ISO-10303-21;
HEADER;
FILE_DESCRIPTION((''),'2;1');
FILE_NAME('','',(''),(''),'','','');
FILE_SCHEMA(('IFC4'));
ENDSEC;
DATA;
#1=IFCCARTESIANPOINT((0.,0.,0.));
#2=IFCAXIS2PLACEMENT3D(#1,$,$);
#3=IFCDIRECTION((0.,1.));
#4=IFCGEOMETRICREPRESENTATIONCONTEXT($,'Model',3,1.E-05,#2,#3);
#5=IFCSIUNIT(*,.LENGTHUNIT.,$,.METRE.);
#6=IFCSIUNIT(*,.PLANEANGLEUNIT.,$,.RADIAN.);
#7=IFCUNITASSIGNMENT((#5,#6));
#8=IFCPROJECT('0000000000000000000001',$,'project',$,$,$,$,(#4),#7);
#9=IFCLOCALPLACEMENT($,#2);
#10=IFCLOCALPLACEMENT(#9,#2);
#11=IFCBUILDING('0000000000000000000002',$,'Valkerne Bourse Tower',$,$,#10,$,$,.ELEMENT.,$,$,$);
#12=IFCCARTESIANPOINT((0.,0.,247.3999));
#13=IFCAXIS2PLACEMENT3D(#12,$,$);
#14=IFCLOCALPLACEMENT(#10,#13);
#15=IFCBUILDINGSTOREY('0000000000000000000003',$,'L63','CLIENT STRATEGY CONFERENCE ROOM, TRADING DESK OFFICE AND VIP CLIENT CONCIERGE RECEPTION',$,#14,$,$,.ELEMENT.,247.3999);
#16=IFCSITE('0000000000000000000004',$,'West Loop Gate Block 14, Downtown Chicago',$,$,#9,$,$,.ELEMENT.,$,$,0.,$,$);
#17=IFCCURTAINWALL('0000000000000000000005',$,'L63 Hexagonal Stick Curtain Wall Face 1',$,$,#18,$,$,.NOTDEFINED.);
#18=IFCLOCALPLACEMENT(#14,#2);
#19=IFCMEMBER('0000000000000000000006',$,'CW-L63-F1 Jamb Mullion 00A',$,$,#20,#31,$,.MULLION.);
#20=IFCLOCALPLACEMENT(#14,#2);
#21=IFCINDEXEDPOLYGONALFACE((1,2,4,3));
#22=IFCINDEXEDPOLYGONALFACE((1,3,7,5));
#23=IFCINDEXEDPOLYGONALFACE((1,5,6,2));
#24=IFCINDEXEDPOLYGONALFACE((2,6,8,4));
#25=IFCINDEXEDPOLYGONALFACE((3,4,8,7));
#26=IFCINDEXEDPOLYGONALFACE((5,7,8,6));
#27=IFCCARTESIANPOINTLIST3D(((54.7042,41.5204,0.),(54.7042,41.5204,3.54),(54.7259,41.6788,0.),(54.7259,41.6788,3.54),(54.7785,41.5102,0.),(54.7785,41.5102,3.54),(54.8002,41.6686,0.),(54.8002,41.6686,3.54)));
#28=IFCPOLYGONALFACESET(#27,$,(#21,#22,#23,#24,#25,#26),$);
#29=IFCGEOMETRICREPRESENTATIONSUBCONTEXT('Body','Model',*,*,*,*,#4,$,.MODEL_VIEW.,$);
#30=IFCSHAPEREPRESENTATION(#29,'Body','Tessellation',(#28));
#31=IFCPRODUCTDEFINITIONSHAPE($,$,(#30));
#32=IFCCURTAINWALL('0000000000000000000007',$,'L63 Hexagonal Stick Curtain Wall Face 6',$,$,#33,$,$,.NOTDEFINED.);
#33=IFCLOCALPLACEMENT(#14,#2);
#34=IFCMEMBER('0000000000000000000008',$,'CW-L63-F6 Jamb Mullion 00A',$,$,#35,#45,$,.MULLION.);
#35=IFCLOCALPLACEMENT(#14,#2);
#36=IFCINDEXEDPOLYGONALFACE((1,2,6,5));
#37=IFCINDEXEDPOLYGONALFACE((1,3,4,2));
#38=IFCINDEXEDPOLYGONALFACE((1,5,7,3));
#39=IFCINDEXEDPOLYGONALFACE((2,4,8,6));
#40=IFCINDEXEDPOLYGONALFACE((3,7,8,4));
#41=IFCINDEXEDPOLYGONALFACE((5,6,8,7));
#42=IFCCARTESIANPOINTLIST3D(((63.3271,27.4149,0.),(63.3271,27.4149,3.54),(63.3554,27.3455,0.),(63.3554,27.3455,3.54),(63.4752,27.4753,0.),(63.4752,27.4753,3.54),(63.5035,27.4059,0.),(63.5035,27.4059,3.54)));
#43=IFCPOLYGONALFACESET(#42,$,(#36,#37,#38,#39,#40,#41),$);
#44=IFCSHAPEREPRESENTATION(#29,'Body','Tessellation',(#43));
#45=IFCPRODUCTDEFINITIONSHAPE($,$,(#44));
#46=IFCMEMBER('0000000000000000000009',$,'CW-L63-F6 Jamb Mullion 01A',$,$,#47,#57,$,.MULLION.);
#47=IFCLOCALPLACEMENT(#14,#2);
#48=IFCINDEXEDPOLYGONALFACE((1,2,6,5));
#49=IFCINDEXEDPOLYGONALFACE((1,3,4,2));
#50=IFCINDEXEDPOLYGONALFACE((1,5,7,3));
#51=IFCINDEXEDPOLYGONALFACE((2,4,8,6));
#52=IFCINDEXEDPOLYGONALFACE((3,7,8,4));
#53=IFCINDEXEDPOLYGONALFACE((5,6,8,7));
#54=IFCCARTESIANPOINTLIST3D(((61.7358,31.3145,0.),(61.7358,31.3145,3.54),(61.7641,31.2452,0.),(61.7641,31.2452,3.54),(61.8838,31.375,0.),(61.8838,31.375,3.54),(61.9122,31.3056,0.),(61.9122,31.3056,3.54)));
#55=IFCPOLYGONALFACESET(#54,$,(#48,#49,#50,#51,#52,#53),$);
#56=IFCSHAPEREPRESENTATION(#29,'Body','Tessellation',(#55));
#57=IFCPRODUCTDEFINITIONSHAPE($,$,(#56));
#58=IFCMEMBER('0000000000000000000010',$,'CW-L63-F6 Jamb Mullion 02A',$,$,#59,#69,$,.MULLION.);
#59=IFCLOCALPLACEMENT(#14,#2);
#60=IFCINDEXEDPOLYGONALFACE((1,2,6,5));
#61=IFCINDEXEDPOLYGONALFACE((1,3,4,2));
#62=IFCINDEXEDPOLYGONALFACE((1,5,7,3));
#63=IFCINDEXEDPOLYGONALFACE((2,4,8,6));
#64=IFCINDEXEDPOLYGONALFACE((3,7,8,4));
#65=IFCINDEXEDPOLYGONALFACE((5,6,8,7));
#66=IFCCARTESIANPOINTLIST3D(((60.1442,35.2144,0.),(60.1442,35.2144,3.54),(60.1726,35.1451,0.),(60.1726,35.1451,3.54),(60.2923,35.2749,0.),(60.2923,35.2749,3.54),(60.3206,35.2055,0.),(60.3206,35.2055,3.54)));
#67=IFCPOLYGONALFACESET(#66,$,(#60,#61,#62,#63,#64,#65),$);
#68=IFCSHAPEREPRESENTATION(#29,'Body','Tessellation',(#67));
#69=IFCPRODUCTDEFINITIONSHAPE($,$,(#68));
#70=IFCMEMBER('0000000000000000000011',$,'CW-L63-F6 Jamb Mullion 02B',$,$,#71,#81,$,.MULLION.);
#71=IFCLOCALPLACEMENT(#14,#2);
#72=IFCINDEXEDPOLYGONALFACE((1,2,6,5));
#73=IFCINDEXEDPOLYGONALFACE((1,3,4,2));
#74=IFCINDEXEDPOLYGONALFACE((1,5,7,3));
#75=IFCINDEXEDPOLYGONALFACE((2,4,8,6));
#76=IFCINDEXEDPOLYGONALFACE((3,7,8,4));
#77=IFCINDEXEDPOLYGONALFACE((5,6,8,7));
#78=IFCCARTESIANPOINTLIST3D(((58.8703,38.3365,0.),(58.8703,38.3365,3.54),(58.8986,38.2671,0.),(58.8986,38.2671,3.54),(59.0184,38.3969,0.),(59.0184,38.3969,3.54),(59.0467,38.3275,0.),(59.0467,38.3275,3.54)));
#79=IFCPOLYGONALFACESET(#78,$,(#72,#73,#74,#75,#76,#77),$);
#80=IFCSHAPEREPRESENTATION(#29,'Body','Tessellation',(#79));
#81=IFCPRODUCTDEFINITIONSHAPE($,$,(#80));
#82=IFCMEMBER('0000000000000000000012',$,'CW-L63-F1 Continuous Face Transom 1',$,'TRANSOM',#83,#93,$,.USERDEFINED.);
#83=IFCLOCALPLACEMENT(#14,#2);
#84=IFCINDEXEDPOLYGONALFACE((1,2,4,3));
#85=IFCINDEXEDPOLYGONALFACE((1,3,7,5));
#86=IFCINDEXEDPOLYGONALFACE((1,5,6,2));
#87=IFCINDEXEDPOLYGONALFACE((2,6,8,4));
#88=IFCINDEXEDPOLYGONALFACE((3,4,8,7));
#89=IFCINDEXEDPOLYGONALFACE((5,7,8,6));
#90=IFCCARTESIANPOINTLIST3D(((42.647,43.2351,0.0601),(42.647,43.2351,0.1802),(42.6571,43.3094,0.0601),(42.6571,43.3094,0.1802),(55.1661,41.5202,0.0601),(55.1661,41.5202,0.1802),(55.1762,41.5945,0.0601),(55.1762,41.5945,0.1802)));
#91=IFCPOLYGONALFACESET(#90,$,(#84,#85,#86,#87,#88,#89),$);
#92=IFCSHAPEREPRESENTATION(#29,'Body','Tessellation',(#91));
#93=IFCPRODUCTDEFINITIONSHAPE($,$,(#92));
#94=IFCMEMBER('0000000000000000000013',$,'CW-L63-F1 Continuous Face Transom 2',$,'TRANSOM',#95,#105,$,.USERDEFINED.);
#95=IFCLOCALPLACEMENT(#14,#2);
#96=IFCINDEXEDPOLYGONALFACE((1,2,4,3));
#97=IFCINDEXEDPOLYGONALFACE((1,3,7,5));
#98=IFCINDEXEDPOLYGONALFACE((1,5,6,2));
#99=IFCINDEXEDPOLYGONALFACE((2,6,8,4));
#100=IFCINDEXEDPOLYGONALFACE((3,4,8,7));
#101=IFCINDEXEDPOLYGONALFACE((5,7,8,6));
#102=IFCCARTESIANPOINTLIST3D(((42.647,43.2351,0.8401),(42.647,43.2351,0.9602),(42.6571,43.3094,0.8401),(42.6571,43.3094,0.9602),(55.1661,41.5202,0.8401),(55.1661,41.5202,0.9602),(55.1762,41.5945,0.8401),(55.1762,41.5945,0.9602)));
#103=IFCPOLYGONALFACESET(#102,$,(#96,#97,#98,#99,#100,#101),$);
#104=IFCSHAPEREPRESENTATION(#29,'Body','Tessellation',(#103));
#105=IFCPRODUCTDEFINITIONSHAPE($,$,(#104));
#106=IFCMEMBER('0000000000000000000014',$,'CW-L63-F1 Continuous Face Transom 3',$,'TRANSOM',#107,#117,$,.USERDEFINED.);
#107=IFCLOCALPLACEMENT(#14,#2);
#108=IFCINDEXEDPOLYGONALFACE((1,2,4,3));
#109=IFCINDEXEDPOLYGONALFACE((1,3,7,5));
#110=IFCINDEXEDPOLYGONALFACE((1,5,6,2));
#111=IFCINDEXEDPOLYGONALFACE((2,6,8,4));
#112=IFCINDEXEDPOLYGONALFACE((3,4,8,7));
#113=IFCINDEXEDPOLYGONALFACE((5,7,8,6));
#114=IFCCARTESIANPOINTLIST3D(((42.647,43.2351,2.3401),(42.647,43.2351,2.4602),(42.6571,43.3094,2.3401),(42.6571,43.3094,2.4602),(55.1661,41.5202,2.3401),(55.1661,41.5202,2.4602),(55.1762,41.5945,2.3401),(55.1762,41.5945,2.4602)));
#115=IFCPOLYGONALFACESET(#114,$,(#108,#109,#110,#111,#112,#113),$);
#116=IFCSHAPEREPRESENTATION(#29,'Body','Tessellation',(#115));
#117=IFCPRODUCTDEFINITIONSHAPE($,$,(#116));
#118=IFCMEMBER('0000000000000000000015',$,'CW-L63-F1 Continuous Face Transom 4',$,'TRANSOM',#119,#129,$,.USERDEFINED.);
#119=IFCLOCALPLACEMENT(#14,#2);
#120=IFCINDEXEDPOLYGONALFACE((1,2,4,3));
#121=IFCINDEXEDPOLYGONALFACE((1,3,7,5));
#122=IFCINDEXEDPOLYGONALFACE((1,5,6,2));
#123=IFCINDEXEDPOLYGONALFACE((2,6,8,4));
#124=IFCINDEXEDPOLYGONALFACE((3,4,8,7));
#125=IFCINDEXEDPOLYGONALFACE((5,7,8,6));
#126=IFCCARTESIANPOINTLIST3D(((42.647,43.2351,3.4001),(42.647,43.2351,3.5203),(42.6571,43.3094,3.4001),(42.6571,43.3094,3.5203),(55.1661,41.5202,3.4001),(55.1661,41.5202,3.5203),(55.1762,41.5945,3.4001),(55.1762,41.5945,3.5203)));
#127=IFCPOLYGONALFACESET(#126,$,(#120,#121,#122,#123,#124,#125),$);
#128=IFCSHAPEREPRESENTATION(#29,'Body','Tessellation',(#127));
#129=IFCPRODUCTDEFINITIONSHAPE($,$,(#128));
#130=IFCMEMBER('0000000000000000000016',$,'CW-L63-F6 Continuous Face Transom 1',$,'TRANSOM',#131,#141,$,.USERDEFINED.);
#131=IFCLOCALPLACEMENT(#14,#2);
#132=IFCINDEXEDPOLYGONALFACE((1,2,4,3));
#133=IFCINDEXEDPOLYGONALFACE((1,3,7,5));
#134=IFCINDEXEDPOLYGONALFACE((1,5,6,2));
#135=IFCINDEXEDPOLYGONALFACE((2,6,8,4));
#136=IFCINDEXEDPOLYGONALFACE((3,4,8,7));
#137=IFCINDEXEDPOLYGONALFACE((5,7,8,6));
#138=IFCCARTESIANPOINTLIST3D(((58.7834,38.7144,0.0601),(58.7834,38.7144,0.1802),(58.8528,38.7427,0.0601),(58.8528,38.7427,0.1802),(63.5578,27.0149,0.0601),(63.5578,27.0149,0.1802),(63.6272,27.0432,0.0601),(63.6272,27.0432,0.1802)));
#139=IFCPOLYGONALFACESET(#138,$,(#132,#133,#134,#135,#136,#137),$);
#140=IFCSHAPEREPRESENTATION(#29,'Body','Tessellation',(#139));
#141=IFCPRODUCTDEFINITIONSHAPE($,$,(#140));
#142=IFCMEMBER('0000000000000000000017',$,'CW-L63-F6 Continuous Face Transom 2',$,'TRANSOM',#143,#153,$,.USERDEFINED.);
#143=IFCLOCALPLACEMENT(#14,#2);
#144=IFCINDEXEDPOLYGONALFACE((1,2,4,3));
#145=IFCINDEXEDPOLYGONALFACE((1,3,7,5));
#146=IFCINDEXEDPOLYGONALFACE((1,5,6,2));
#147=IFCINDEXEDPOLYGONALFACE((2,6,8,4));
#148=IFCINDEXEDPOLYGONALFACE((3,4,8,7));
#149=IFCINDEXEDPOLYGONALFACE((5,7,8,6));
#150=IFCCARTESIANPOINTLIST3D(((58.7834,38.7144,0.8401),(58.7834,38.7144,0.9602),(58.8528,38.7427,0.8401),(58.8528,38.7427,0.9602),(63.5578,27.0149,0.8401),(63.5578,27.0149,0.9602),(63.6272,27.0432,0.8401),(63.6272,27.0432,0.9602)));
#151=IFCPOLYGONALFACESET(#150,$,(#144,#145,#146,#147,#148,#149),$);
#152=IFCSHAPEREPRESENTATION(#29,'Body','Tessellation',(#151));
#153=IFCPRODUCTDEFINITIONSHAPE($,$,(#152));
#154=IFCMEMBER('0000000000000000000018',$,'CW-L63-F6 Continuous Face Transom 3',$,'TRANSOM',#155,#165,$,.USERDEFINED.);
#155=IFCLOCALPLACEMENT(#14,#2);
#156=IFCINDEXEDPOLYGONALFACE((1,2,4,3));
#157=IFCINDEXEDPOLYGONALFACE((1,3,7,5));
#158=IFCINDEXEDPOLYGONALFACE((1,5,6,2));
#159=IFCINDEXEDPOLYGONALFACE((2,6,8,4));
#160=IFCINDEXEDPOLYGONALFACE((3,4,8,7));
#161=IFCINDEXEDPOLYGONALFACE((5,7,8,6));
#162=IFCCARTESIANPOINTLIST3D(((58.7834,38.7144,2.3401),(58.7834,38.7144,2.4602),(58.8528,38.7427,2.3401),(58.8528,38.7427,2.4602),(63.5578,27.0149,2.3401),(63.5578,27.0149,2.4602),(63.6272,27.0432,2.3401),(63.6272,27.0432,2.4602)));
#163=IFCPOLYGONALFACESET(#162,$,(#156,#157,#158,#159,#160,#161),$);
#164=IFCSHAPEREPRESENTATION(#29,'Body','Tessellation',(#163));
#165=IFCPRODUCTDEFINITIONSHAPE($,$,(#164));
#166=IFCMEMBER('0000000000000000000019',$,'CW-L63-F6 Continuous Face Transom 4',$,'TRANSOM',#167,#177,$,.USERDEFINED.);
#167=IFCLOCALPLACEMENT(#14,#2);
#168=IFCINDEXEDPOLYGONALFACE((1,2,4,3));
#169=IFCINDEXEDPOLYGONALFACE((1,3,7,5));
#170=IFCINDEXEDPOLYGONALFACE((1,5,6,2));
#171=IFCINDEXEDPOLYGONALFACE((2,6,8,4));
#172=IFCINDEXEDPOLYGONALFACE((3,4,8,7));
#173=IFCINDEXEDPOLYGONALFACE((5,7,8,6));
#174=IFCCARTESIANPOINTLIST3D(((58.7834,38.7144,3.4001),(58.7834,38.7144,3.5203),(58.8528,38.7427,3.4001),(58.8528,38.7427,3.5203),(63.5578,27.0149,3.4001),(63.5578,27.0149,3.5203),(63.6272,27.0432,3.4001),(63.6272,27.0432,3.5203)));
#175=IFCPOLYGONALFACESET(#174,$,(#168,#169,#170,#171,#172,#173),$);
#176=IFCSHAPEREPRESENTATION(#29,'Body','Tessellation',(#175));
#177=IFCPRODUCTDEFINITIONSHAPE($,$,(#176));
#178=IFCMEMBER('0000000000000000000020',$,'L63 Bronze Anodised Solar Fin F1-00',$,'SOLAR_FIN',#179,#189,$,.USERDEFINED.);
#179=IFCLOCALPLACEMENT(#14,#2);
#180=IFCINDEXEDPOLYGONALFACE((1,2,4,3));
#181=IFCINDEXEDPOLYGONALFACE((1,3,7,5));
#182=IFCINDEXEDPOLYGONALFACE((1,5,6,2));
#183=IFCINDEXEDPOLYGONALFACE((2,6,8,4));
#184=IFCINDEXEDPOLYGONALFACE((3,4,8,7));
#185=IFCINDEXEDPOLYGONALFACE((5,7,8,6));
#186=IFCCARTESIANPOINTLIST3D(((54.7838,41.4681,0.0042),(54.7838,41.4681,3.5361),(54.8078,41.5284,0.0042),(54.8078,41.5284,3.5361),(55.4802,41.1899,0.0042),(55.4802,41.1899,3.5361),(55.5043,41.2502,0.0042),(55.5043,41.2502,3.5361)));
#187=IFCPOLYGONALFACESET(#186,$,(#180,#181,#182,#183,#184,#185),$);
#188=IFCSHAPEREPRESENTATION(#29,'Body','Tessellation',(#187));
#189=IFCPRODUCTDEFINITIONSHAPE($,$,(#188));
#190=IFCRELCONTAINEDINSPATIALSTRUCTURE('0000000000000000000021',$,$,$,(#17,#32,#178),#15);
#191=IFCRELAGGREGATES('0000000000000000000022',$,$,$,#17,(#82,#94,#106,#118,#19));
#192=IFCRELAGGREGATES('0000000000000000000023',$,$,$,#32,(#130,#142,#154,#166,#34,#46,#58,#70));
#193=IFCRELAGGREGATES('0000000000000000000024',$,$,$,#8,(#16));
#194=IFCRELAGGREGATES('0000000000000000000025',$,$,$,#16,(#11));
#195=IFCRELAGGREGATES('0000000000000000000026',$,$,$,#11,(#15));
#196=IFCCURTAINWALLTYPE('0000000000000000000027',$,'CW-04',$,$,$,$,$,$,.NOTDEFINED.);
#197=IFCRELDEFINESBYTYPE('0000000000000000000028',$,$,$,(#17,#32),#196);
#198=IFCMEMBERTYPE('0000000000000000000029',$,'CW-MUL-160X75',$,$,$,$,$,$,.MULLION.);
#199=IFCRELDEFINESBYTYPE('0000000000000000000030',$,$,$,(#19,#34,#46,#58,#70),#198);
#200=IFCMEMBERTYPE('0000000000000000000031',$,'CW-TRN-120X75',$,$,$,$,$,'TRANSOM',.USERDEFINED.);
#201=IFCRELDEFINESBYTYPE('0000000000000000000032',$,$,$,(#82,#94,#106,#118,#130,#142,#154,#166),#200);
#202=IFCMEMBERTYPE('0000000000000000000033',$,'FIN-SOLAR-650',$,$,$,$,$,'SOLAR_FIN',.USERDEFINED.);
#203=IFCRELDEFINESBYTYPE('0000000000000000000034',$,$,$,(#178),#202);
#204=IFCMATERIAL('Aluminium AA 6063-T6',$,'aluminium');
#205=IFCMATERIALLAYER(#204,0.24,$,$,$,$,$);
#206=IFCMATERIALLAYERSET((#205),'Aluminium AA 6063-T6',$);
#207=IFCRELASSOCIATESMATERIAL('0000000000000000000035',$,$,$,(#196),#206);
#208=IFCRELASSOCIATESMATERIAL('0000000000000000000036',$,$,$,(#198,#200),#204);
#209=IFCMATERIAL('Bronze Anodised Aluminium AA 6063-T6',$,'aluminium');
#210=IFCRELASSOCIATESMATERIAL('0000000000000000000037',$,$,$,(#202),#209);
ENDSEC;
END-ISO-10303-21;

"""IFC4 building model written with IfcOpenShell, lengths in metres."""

from ifc_helpers import new_model, si_unit, direction, frame, origin, origin_2d, place, context, subcontext, project, spatial, rectangle, extrude, material, layer, layer_set, material_profile, profile_set, type_object, element, aggregate, save


model = new_model("IFC4")

# Units and contexts
model_context = context("Model", 3, precision=1e-05, world=origin(), true_north=direction((0.0, 1.0)))
body_context = subcontext(model_context, "Body", "Model", "MODEL_VIEW")
ifc_project = project(units=[si_unit("LENGTHUNIT", "METRE"), si_unit("PLANEANGLEUNIT", "RADIAN")], contexts=[model_context])

# Site, building, storey
site_placement = place(None, origin())
site = spatial("IfcSite", under=ifc_project, at=site_placement, Name="West Loop Gate Block 14, Downtown Chicago", CompositionType="ELEMENT", RefElevation=0.0)
building_placement = place(site_placement, origin())
building = spatial("IfcBuilding", under=site, at=building_placement, Name="Valkerne Bourse Tower", CompositionType="ELEMENT")
storey_placement = place(building_placement, frame((0.0, 0.0, 247.3999)))
storey = spatial("IfcBuildingStorey", under=building, at=storey_placement, Name="L63", Description="CLIENT STRATEGY CONFERENCE ROOM, TRADING DESK OFFICE AND VIP CLIENT CONCIERGE RECEPTION", CompositionType="ELEMENT", Elevation=247.3999)

# Curtain wall, member
ifc_material_1 = material(Name="Aluminium AA 6063-T6", Category="aluminium")
ifc_layer_1 = layer(ifc_material_1, 0.24)
ifc_layer_set_1 = layer_set([ifc_layer_1], Name="Aluminium AA 6063-T6")
curtain_wall_type = type_object("IfcCurtainWallType", Name="CW-04", PredefinedType="NOTDEFINED", material=ifc_layer_set_1)
curtain_wall_1_placement = place(storey_placement, origin())
curtain_wall_1 = element("IfcCurtainWall", 1, at=curtain_wall_1_placement, inside=storey, type_object=curtain_wall_type, Name="L63 Hexagonal Stick Curtain Wall Face 1", PredefinedType="NOTDEFINED")
ifc_material_profile_1 = material_profile(ifc_material_1, rectangle(XDim=0.075, YDim=0.1599, at=origin_2d()), Name="CWM-75X160")
ifc_profile_set_1 = profile_set([ifc_material_profile_1], Name="Aluminium AA 6063-T6")
member_type_1 = type_object("IfcMemberType", Name="CW-MUL-160X75", PredefinedType="MULLION", material=ifc_profile_set_1)
member_1_placement = place(storey_placement, frame((54.7522, 41.5945, 0.0), z_axis=(0.0, 0.0, 1.0), x_axis=(-0.990749, 0.135705, 0.0)))
member_1 = element("IfcMember", 2, at=member_1_placement, type_object=member_type_1, Name="CW-L63-F1 Jamb Mullion 00A", PredefinedType="MULLION", context=body_context, shape_type="SweptSolid", body=[
    extrude(rectangle(XDim=0.075, YDim=0.1599, at=origin_2d()), origin(), (0.0, 0.0, 1.0), 3.54),
])

# Curtain wall, members
curtain_wall_2_placement = place(storey_placement, origin())
curtain_wall_2 = element("IfcCurtainWall", 3, at=curtain_wall_2_placement, inside=storey, type_object=curtain_wall_type, Name="L63 Hexagonal Stick Curtain Wall Face 6", PredefinedType="NOTDEFINED")
member_2_placement = place(storey_placement, frame((63.4153, 27.4104, 0.0), z_axis=(0.0, 0.0, 1.0), x_axis=(-0.377853, 0.925865, 0.0)))
member_2 = element("IfcMember", 4, at=member_2_placement, type_object=member_type_1, Name="CW-L63-F6 Jamb Mullion 00A", PredefinedType="MULLION", context=body_context, shape_type="SweptSolid", body=[
    extrude(rectangle(XDim=0.075, YDim=0.1599, at=origin_2d()), origin(), (0.0, 0.0, 1.0), 3.54),
])
member_3_placement = place(storey_placement, frame((61.824, 31.3101, 0.0), z_axis=(0.0, 0.0, 1.0), x_axis=(-0.377845, 0.925869, 0.0)))
member_3 = element("IfcMember", 5, at=member_3_placement, type_object=member_type_1, Name="CW-L63-F6 Jamb Mullion 01A", PredefinedType="MULLION", context=body_context, shape_type="SweptSolid", body=[
    extrude(rectangle(XDim=0.075, YDim=0.1599, at=origin_2d()), origin(), (0.0, 0.0, 1.0), 3.54),
])
member_4_placement = place(storey_placement, frame((60.2324, 35.21, 0.0), z_axis=(0.0, 0.0, 1.0), x_axis=(-0.377825, 0.925877, 0.0)))
member_4 = element("IfcMember", 6, at=member_4_placement, type_object=member_type_1, Name="CW-L63-F6 Jamb Mullion 02A", PredefinedType="MULLION", context=body_context, shape_type="SweptSolid", body=[
    extrude(rectangle(XDim=0.075, YDim=0.1599, at=origin_2d()), origin(), (0.0, 0.0, 1.0), 3.54),
])
member_5_placement = place(storey_placement, frame((58.9585, 38.332, 0.0), z_axis=(0.0, 0.0, 1.0), x_axis=(-0.377825, 0.925877, 0.0)))
member_5 = element("IfcMember", 7, at=member_5_placement, type_object=member_type_1, Name="CW-L63-F6 Jamb Mullion 02B", PredefinedType="MULLION", context=body_context, shape_type="SweptSolid", body=[
    extrude(rectangle(XDim=0.075, YDim=0.1599, at=origin_2d()), origin(), (0.0, 0.0, 1.0), 3.54),
])

# Members
ifc_material_profile_2 = material_profile(ifc_material_1, rectangle(XDim=0.075, YDim=0.1201, at=origin_2d()), Name="CWT-75X120")
ifc_profile_set_2 = profile_set([ifc_material_profile_2], Name="Aluminium AA 6063-T6")
member_type_2 = type_object("IfcMemberType", Name="CW-TRN-120X75", ElementType="TRANSOM", PredefinedType="USERDEFINED", material=ifc_profile_set_2)
member_6_placement = place(storey_placement, frame((55.1711, 41.5574, 0.1201), z_axis=(-0.990748, 0.135712, 0.0), x_axis=(-0.135712, -0.990748, 0.0)))
member_6 = element("IfcMember", 8, at=member_6_placement, type_object=member_type_2, Name="CW-L63-F1 Continuous Face Transom 1", ObjectType="TRANSOM", PredefinedType="USERDEFINED", context=body_context, shape_type="SweptSolid", body=[
    extrude(rectangle(XDim=0.075, YDim=0.1201, at=origin_2d()), origin(), (0.0, 0.0, 1.0), 12.636),
])
member_7_placement = place(storey_placement, frame((55.1711, 41.5574, 0.9001), z_axis=(-0.990748, 0.135712, 0.0), x_axis=(-0.135712, -0.990748, 0.0)))
member_7 = element("IfcMember", 9, at=member_7_placement, type_object=member_type_2, Name="CW-L63-F1 Continuous Face Transom 2", ObjectType="TRANSOM", PredefinedType="USERDEFINED", context=body_context, shape_type="SweptSolid", body=[
    extrude(rectangle(XDim=0.075, YDim=0.1201, at=origin_2d()), origin(), (0.0, 0.0, 1.0), 12.636),
])
member_8_placement = place(storey_placement, frame((55.1711, 41.5574, 2.4001), z_axis=(-0.990748, 0.135712, 0.0), x_axis=(-0.135712, -0.990748, 0.0)))
member_8 = element("IfcMember", 10, at=member_8_placement, type_object=member_type_2, Name="CW-L63-F1 Continuous Face Transom 3", ObjectType="TRANSOM", PredefinedType="USERDEFINED", context=body_context, shape_type="SweptSolid", body=[
    extrude(rectangle(XDim=0.075, YDim=0.1201, at=origin_2d()), origin(), (0.0, 0.0, 1.0), 12.636),
])
member_9_placement = place(storey_placement, frame((55.1711, 41.5574, 3.4602), z_axis=(-0.990748, 0.135712, 0.0), x_axis=(-0.135712, -0.990748, 0.0)))
member_9 = element("IfcMember", 11, at=member_9_placement, type_object=member_type_2, Name="CW-L63-F1 Continuous Face Transom 4", ObjectType="TRANSOM", PredefinedType="USERDEFINED", context=body_context, shape_type="SweptSolid", body=[
    extrude(rectangle(XDim=0.075, YDim=0.1201, at=origin_2d()), origin(), (0.0, 0.0, 1.0), 12.636),
])
aggregate(curtain_wall_1, [member_6, member_7, member_8, member_9, member_1])
member_10_placement = place(storey_placement, frame((63.5925, 27.0291, 0.1201), z_axis=(-0.377838, 0.925872, 0.0), x_axis=(-0.925872, -0.377838, 0.0)))
member_10 = element("IfcMember", 12, at=member_10_placement, type_object=member_type_2, Name="CW-L63-F6 Continuous Face Transom 1", ObjectType="TRANSOM", PredefinedType="USERDEFINED", context=body_context, shape_type="SweptSolid", body=[
    extrude(rectangle(XDim=0.075, YDim=0.1201, at=origin_2d()), origin(), (0.0, 0.0, 1.0), 12.6362),
])
member_11_placement = place(storey_placement, frame((63.5925, 27.0291, 0.9001), z_axis=(-0.377838, 0.925872, 0.0), x_axis=(-0.925872, -0.377838, 0.0)))
member_11 = element("IfcMember", 13, at=member_11_placement, type_object=member_type_2, Name="CW-L63-F6 Continuous Face Transom 2", ObjectType="TRANSOM", PredefinedType="USERDEFINED", context=body_context, shape_type="SweptSolid", body=[
    extrude(rectangle(XDim=0.075, YDim=0.1201, at=origin_2d()), origin(), (0.0, 0.0, 1.0), 12.6362),
])
member_12_placement = place(storey_placement, frame((63.5925, 27.0291, 2.4001), z_axis=(-0.377838, 0.925872, 0.0), x_axis=(-0.925872, -0.377838, 0.0)))
member_12 = element("IfcMember", 14, at=member_12_placement, type_object=member_type_2, Name="CW-L63-F6 Continuous Face Transom 3", ObjectType="TRANSOM", PredefinedType="USERDEFINED", context=body_context, shape_type="SweptSolid", body=[
    extrude(rectangle(XDim=0.075, YDim=0.1201, at=origin_2d()), origin(), (0.0, 0.0, 1.0), 12.6362),
])
member_13_placement = place(storey_placement, frame((63.5925, 27.0291, 3.4602), z_axis=(-0.377838, 0.925872, 0.0), x_axis=(-0.925872, -0.377838, 0.0)))
member_13 = element("IfcMember", 15, at=member_13_placement, type_object=member_type_2, Name="CW-L63-F6 Continuous Face Transom 4", ObjectType="TRANSOM", PredefinedType="USERDEFINED", context=body_context, shape_type="SweptSolid", body=[
    extrude(rectangle(XDim=0.075, YDim=0.1201, at=origin_2d()), origin(), (0.0, 0.0, 1.0), 12.6362),
])

# Member
ifc_material_2 = material(Name="Bronze Anodised Aluminium AA 6063-T6", Category="aluminium")
ifc_material_profile_3 = material_profile(ifc_material_2, rectangle(XDim=0.0649, YDim=0.75, at=origin_2d()), Name="FIN-65X750")
ifc_profile_set_3 = profile_set([ifc_material_profile_3], Name="Bronze Anodised Aluminium AA 6063-T6")
member_type_3 = type_object("IfcMemberType", Name="FIN-SOLAR-650", ElementType="SOLAR_FIN", PredefinedType="USERDEFINED", material=ifc_profile_set_3)
for number, where, z_axis, x_axis, name in (
    (16, (55.144, 41.3591, 0.0042), (0.0, 0.0, 1.0), (0.370982, 0.92864, 0.0), "L63 Bronze Anodised Solar Fin F1-00"),
):
    element("IfcMember", number, at=place(storey_placement, frame(where, z_axis=z_axis, x_axis=x_axis)), inside=storey, type_object=member_type_3, Name=name, ObjectType="SOLAR_FIN", PredefinedType="USERDEFINED", context=body_context, shape_type="SweptSolid", body=[
        extrude(rectangle(XDim=0.0649, YDim=0.75, at=origin_2d()), origin(), (0.0, 0.0, 1.0), 3.532),
    ])

aggregate(curtain_wall_2, [member_10, member_11, member_12, member_13, member_2, member_3, member_4, member_5])

save(model, "model.ifc")
